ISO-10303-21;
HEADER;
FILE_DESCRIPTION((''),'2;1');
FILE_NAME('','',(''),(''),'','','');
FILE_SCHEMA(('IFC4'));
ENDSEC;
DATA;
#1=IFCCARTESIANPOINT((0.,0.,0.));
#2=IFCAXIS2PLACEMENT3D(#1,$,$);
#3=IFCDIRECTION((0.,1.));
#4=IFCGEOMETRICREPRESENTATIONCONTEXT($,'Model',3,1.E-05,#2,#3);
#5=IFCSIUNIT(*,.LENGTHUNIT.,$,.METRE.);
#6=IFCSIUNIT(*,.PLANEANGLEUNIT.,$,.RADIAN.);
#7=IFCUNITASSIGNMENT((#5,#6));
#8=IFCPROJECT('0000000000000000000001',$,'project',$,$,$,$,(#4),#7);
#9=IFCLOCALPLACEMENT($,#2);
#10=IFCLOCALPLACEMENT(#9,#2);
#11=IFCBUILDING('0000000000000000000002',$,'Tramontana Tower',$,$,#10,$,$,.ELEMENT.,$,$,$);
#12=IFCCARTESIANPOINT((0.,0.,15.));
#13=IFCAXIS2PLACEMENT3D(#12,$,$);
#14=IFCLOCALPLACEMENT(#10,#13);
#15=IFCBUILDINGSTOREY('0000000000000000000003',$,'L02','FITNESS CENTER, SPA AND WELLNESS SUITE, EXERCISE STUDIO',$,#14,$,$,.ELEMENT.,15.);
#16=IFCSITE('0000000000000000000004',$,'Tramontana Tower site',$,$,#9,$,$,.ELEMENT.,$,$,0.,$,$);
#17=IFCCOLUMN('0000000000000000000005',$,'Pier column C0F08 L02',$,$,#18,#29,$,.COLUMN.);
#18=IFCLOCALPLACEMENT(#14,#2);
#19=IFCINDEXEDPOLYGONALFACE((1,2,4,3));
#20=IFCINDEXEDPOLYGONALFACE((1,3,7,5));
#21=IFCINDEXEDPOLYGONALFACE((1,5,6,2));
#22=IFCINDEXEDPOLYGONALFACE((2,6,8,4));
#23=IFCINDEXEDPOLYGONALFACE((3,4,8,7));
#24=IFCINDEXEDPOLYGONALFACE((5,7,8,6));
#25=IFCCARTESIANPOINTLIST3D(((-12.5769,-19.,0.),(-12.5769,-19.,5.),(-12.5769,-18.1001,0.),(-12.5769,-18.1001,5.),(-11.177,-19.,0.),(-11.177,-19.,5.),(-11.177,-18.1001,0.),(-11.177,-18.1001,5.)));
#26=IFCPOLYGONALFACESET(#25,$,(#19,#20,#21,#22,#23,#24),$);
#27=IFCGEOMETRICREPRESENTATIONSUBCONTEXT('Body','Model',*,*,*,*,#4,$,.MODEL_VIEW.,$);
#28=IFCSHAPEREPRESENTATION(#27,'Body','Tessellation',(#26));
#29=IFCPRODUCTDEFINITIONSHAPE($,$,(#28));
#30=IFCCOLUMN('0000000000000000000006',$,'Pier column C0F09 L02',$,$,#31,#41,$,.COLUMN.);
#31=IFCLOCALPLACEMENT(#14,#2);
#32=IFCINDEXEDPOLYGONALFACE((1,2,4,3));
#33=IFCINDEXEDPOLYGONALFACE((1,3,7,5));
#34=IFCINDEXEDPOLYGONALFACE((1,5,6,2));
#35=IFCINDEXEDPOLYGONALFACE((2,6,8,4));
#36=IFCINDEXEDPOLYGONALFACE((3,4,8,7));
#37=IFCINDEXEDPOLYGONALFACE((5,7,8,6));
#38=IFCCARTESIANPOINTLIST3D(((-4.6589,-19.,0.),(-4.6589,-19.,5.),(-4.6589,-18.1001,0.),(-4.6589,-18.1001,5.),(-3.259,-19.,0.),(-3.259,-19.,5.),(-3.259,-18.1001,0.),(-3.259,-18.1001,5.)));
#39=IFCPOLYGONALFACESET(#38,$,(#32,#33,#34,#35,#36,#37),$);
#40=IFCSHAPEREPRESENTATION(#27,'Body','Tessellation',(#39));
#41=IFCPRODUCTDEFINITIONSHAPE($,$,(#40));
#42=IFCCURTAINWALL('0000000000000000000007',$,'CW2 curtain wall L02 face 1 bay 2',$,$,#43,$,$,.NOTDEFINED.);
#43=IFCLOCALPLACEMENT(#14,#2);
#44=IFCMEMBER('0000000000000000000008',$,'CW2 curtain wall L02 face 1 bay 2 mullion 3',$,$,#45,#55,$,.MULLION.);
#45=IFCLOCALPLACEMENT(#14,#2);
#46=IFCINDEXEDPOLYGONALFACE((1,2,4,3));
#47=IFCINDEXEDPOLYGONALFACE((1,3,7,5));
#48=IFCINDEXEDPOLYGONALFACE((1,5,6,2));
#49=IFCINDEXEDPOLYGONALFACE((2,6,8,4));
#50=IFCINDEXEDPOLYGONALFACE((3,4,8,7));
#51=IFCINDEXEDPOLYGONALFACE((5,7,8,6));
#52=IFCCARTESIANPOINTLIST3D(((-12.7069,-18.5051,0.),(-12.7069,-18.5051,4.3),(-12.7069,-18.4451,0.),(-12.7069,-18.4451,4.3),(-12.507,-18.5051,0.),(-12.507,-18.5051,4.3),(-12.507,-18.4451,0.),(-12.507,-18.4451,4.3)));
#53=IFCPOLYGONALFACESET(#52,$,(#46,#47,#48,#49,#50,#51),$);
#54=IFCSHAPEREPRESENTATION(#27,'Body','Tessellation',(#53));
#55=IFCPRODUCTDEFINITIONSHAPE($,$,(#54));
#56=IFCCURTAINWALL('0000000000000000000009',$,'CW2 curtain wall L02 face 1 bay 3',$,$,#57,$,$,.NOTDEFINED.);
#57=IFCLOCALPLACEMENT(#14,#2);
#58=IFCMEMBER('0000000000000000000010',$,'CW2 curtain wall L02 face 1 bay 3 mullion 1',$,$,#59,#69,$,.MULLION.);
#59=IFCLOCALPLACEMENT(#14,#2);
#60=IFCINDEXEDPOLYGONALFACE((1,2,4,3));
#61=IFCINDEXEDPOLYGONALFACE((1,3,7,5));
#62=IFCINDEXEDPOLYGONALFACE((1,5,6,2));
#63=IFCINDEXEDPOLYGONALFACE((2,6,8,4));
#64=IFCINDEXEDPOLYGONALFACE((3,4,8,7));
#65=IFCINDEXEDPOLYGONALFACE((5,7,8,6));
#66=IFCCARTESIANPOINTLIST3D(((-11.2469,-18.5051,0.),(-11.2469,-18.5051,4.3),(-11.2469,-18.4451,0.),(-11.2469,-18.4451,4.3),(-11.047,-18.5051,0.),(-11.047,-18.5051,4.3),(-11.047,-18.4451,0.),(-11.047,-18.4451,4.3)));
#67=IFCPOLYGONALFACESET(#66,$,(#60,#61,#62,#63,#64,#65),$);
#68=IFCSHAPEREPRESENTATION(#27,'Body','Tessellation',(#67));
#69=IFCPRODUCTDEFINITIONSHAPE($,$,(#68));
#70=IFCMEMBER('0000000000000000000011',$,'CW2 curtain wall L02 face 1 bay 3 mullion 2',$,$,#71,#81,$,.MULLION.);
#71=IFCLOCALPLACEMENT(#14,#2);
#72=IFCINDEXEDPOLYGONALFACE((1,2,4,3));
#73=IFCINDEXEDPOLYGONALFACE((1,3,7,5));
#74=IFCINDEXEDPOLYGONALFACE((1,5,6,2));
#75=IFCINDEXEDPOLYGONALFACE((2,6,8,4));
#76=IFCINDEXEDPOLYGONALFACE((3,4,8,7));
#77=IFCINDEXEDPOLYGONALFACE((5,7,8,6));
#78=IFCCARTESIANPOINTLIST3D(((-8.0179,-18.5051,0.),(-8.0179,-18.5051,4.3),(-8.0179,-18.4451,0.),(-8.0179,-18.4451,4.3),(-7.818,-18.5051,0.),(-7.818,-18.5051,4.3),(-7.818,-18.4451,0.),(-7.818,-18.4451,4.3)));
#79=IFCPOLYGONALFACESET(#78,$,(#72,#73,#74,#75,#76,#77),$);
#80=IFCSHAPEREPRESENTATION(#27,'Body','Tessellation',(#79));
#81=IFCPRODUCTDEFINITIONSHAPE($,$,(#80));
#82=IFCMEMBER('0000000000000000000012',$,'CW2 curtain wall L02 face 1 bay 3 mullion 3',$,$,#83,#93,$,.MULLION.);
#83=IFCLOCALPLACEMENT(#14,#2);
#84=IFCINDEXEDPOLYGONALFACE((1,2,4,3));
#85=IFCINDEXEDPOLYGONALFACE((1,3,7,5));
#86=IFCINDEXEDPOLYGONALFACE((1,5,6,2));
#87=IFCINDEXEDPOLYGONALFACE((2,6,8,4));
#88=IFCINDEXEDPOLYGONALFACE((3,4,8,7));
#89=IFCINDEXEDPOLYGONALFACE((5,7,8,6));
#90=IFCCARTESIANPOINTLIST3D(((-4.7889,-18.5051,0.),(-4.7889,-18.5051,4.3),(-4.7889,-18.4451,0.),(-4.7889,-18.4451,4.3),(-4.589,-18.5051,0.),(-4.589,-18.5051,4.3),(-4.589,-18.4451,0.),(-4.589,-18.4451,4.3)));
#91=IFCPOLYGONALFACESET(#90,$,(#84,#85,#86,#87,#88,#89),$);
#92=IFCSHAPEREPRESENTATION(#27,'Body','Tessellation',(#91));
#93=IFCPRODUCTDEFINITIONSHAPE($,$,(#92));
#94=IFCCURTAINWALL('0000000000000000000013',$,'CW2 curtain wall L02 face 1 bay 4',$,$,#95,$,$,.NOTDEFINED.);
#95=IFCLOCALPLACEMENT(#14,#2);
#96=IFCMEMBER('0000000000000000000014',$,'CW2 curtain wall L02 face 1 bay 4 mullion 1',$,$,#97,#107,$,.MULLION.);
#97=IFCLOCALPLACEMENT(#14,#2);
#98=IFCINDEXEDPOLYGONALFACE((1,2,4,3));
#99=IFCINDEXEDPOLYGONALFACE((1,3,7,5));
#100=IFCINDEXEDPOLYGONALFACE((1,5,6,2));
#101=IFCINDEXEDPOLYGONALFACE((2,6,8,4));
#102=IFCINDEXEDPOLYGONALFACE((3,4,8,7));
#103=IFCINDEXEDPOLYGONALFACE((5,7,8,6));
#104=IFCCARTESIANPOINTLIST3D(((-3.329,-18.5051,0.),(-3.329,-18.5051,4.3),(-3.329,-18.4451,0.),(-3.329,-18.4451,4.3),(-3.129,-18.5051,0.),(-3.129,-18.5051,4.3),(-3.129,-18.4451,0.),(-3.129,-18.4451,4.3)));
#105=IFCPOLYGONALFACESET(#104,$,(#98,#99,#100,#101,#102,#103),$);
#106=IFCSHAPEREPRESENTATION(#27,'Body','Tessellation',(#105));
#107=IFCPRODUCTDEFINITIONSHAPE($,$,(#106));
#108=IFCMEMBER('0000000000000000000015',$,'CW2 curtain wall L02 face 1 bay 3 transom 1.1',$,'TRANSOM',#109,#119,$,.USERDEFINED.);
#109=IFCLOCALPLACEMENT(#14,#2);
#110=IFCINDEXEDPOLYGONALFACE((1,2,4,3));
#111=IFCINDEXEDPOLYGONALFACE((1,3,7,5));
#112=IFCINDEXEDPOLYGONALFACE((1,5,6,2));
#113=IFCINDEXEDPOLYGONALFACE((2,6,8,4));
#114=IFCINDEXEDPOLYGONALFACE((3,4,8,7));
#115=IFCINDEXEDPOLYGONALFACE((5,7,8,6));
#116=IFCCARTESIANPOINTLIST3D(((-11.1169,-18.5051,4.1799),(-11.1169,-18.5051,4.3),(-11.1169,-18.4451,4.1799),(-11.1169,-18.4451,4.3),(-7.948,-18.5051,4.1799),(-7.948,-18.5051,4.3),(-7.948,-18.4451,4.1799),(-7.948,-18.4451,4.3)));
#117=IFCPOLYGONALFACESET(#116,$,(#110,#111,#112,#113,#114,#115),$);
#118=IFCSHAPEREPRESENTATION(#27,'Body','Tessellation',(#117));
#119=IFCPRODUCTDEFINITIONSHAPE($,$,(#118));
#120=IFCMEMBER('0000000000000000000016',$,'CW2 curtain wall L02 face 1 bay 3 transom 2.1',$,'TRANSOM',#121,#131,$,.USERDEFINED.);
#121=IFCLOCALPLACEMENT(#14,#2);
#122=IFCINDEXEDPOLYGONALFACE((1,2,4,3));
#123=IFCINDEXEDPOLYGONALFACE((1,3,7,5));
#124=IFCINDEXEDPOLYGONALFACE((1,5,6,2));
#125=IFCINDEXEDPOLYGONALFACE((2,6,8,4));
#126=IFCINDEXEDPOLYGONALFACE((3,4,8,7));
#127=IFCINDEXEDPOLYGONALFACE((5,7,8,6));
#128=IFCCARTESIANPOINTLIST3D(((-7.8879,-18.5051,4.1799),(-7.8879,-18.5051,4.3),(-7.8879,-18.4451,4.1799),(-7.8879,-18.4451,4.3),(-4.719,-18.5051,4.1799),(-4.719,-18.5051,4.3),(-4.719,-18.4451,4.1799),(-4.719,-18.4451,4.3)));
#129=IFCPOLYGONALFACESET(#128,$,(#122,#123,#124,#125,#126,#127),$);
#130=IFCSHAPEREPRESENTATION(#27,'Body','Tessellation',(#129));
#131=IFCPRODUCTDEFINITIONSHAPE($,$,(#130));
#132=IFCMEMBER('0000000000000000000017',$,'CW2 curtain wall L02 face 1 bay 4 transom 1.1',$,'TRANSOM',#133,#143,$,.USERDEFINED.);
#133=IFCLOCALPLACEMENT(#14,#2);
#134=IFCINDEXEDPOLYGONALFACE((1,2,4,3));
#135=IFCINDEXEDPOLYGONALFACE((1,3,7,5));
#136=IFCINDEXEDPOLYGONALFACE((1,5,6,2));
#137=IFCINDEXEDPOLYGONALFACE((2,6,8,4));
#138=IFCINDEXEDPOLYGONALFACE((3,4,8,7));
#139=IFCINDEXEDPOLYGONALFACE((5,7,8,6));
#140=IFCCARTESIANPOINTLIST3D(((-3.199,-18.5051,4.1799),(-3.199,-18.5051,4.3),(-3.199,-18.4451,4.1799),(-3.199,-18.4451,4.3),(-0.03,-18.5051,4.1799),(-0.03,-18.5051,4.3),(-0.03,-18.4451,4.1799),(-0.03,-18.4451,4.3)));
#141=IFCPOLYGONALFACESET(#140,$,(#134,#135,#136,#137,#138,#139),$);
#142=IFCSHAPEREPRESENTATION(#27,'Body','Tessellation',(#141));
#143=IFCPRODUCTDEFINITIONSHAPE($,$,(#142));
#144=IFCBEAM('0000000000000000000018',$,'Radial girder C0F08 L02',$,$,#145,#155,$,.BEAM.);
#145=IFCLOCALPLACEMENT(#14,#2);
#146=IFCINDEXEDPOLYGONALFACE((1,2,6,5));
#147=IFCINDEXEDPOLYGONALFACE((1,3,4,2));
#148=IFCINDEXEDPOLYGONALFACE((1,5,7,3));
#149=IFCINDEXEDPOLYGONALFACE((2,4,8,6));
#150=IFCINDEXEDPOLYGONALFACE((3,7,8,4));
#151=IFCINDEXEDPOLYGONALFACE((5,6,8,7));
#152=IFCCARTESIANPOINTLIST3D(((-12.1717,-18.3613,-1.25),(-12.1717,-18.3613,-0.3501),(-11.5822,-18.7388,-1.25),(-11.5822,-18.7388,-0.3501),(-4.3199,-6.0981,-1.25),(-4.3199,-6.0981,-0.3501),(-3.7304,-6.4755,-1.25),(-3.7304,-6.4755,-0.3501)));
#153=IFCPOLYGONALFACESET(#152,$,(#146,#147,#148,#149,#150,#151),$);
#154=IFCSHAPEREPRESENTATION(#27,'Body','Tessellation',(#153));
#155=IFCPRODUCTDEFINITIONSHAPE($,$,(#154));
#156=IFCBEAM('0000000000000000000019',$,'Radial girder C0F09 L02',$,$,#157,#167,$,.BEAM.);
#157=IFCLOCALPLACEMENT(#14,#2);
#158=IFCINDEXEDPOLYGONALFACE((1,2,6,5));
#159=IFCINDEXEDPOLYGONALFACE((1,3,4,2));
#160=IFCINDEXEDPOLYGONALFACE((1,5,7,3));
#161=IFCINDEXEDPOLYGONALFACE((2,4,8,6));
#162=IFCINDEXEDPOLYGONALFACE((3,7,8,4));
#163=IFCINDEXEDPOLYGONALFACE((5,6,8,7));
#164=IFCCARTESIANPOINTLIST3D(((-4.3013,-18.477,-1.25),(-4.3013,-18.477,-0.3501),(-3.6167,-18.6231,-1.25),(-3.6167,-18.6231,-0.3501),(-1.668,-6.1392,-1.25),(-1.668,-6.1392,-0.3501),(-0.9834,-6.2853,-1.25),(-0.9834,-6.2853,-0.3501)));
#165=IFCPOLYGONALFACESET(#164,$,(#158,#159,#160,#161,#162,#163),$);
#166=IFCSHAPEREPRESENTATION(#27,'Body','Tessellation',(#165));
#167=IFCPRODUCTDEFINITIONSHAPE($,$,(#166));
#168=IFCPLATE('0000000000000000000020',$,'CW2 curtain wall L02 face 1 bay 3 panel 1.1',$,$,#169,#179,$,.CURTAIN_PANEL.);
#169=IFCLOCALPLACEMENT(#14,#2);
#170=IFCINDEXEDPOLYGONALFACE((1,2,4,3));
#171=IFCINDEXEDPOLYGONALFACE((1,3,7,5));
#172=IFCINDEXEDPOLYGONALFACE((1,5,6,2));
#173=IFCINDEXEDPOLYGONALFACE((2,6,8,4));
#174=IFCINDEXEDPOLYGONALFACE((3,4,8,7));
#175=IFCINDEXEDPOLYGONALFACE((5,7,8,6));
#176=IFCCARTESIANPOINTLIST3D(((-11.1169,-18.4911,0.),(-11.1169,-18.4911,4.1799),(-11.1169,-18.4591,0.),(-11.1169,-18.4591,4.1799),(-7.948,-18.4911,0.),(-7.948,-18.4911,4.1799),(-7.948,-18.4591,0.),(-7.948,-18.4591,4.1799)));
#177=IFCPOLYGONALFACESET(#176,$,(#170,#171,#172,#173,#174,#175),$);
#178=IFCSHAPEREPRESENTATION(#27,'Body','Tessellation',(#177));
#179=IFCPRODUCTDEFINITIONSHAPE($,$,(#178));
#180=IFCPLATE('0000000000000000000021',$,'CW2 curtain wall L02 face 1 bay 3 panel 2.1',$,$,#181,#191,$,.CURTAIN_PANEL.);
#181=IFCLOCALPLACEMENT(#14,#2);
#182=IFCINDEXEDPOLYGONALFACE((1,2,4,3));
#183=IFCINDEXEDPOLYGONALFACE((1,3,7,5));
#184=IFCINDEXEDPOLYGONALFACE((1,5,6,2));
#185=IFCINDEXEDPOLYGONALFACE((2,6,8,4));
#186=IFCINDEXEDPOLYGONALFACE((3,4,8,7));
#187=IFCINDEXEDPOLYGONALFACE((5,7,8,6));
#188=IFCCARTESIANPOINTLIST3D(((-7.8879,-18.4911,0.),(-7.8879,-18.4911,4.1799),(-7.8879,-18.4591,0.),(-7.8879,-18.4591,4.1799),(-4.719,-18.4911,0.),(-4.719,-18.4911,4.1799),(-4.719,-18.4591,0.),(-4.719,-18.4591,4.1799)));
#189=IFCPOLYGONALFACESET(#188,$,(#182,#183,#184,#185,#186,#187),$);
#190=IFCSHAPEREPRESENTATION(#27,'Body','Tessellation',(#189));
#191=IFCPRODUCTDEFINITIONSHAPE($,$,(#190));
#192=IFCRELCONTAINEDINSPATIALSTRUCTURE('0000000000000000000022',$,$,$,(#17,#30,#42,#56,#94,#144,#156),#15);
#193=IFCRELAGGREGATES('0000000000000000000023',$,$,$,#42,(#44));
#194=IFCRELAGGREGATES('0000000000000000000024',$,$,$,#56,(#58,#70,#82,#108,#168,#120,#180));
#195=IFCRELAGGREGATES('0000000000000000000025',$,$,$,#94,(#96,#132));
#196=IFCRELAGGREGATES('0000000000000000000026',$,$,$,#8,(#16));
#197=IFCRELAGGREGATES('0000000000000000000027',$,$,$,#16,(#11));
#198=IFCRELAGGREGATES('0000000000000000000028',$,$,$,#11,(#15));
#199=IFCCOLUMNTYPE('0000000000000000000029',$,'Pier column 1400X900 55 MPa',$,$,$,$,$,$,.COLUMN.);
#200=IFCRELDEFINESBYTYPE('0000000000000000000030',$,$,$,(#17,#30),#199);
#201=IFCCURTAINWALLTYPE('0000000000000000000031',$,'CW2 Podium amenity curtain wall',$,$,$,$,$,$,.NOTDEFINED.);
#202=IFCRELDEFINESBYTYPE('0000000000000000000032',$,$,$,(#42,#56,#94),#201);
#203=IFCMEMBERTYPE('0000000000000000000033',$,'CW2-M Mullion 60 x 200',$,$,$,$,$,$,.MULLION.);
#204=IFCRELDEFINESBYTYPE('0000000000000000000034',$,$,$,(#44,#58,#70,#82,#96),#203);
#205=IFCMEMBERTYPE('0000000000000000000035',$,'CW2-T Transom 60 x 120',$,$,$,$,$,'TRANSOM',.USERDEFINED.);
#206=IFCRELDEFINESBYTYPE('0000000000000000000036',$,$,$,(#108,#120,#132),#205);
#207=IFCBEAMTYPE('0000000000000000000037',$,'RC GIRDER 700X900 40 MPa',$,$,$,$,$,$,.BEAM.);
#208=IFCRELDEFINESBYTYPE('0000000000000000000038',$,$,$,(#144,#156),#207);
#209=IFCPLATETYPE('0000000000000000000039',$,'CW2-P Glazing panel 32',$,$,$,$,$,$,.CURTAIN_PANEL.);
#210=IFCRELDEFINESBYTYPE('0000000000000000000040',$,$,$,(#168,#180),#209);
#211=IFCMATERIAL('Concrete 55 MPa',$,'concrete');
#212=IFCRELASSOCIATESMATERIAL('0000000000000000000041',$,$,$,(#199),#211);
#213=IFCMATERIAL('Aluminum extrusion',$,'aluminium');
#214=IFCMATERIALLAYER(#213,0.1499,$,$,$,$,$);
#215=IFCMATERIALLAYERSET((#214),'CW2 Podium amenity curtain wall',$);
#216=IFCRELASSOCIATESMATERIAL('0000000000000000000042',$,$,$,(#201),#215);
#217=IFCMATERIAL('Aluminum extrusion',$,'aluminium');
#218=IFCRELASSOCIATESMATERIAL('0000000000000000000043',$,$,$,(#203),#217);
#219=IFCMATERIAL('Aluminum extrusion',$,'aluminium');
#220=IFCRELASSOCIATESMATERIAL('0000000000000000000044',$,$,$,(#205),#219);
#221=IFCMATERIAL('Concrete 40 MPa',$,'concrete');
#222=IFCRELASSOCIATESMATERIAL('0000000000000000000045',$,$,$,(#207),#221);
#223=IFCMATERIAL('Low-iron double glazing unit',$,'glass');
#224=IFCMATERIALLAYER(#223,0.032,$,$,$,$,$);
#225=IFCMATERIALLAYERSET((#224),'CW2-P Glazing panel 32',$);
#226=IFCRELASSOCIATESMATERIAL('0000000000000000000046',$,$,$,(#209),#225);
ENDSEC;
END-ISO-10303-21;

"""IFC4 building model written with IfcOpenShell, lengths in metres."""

from ifc_helpers import new_model, si_unit, direction, frame, origin, origin_2d, place, context, subcontext, project, spatial, rectangle, extrude, material, layer, layer_set, material_profile, profile_set, type_object, element, aggregate, save


model = new_model("IFC4")

# Units and contexts
model_context = context("Model", 3, precision=1e-05, world=origin(), true_north=direction((0.0, 1.0)))
body_context = subcontext(model_context, "Body", "Model", "MODEL_VIEW")
ifc_project = project(units=[si_unit("LENGTHUNIT", "METRE"), si_unit("PLANEANGLEUNIT", "RADIAN")], contexts=[model_context])

# Site, building, storey
site_placement = place(None, origin())
site = spatial("IfcSite", under=ifc_project, at=site_placement, Name="Tramontana Tower site", CompositionType="ELEMENT", RefElevation=0.0)
building_placement = place(site_placement, origin())
building = spatial("IfcBuilding", under=site, at=building_placement, Name="Tramontana Tower", CompositionType="ELEMENT")
storey_placement = place(building_placement, frame((0.0, 0.0, 15.0)))
storey = spatial("IfcBuildingStorey", under=building, at=storey_placement, Name="L02", Description="FITNESS CENTER, SPA AND WELLNESS SUITE, EXERCISE STUDIO", CompositionType="ELEMENT", Elevation=15.0)

# Columns
ifc_material_1 = material(Name="Concrete 55 MPa", Category="concrete")
ifc_material_profile_1 = material_profile(ifc_material_1, rectangle(XDim=1.3999, YDim=0.8999, at=origin_2d()), Name="Pier column 1400X900 55 MPa")
ifc_profile_set_1 = profile_set([ifc_material_profile_1], Name="Concrete 55 MPa")
column_type = type_object("IfcColumnType", Name="Pier column 1400X900 55 MPa", PredefinedType="COLUMN", material=ifc_profile_set_1)
for number, where, z_axis, x_axis, name in (
    (1, (-11.877, -18.55, 0.0), (0.0, 0.0, 1.0), (1.0, 0.0, 0.0), "Pier column C0F08 L02"),
    (2, (-3.959, -18.55, 0.0), (0.0, 0.0, 1.0), (1.0, 0.0, 0.0), "Pier column C0F09 L02"),
):
    element("IfcColumn", number, at=place(storey_placement, frame(where, z_axis=z_axis, x_axis=x_axis)), inside=storey, type_object=column_type, Name=name, PredefinedType="COLUMN", context=body_context, shape_type="SweptSolid", body=[
        extrude(rectangle(XDim=1.3999, YDim=0.8999, at=origin_2d()), origin(), (0.0, 0.0, 1.0), 5.0),
    ])

# Curtain wall, member
ifc_material_2 = material(Name="Aluminum extrusion", Category="aluminium")
ifc_layer_1 = layer(ifc_material_2, 0.1499)
ifc_layer_set_1 = layer_set([ifc_layer_1], Name="CW2 Podium amenity curtain wall")
curtain_wall_type = type_object("IfcCurtainWallType", Name="CW2 Podium amenity curtain wall", PredefinedType="NOTDEFINED", material=ifc_layer_set_1)
curtain_wall_1_placement = place(storey_placement, origin())
curtain_wall_1 = element("IfcCurtainWall", 3, at=curtain_wall_1_placement, inside=storey, type_object=curtain_wall_type, Name="CW2 curtain wall L02 face 1 bay 2", PredefinedType="NOTDEFINED")
ifc_material_3 = material(Name="Aluminum extrusion", Category="aluminium")
ifc_material_profile_2 = material_profile(ifc_material_3, rectangle(XDim=0.0601, YDim=0.2, at=origin_2d()), Name="CW2-M Mullion 60 x 200")
ifc_profile_set_2 = profile_set([ifc_material_profile_2], Name="Aluminum extrusion")
member_type_1 = type_object("IfcMemberType", Name="CW2-M Mullion 60 x 200", PredefinedType="MULLION", material=ifc_profile_set_2)
member_1_placement = place(storey_placement, frame((-12.6069, -18.4751, 0.0), z_axis=(0.0, 0.0, 1.0), x_axis=(0.0, 1.0, 0.0)))
member_1 = element("IfcMember", 4, at=member_1_placement, type_object=member_type_1, Name="CW2 curtain wall L02 face 1 bay 2 mullion 3", PredefinedType="MULLION", context=body_context, shape_type="SweptSolid", body=[
    extrude(rectangle(XDim=0.0601, YDim=0.2, at=origin_2d()), origin(), (0.0, 0.0, 1.0), 4.3),
])
aggregate(curtain_wall_1, [member_1])

# Curtain wall, members
curtain_wall_2_placement = place(storey_placement, origin())
curtain_wall_2 = element("IfcCurtainWall", 5, at=curtain_wall_2_placement, inside=storey, type_object=curtain_wall_type, Name="CW2 curtain wall L02 face 1 bay 3", PredefinedType="NOTDEFINED")
member_2_placement = place(storey_placement, frame((-11.147, -18.4751, 0.0), z_axis=(0.0, 0.0, 1.0), x_axis=(0.0, 1.0, 0.0)))
member_2 = element("IfcMember", 6, at=member_2_placement, type_object=member_type_1, Name="CW2 curtain wall L02 face 1 bay 3 mullion 1", PredefinedType="MULLION", context=body_context, shape_type="SweptSolid", body=[
    extrude(rectangle(XDim=0.0601, YDim=0.2, at=origin_2d()), origin(), (0.0, 0.0, 1.0), 4.3),
])
member_3_placement = place(storey_placement, frame((-7.918, -18.4751, 0.0), z_axis=(0.0, 0.0, 1.0), x_axis=(0.0, 1.0, 0.0)))
member_3 = element("IfcMember", 7, at=member_3_placement, type_object=member_type_1, Name="CW2 curtain wall L02 face 1 bay 3 mullion 2", PredefinedType="MULLION", context=body_context, shape_type="SweptSolid", body=[
    extrude(rectangle(XDim=0.0601, YDim=0.2, at=origin_2d()), origin(), (0.0, 0.0, 1.0), 4.3),
])
member_4_placement = place(storey_placement, frame((-4.689, -18.4751, 0.0), z_axis=(0.0, 0.0, 1.0), x_axis=(0.0, 1.0, 0.0)))
member_4 = element("IfcMember", 8, at=member_4_placement, type_object=member_type_1, Name="CW2 curtain wall L02 face 1 bay 3 mullion 3", PredefinedType="MULLION", context=body_context, shape_type="SweptSolid", body=[
    extrude(rectangle(XDim=0.0601, YDim=0.2, at=origin_2d()), origin(), (0.0, 0.0, 1.0), 4.3),
])

# Curtain wall, member
curtain_wall_3_placement = place(storey_placement, origin())
curtain_wall_3 = element("IfcCurtainWall", 9, at=curtain_wall_3_placement, inside=storey, type_object=curtain_wall_type, Name="CW2 curtain wall L02 face 1 bay 4", PredefinedType="NOTDEFINED")
member_5_placement = place(storey_placement, frame((-3.229, -18.4751, 0.0), z_axis=(0.0, 0.0, 1.0), x_axis=(0.0, 1.0, 0.0)))
member_5 = element("IfcMember", 10, at=member_5_placement, type_object=member_type_1, Name="CW2 curtain wall L02 face 1 bay 4 mullion 1", PredefinedType="MULLION", context=body_context, shape_type="SweptSolid", body=[
    extrude(rectangle(XDim=0.0601, YDim=0.2, at=origin_2d()), origin(), (0.0, 0.0, 1.0), 4.3),
])

# Members
ifc_material_4 = material(Name="Aluminum extrusion", Category="aluminium")
ifc_material_profile_3 = material_profile(ifc_material_4, rectangle(XDim=0.0601, YDim=0.1201, at=origin_2d()), Name="CW2-T Transom 60 x 120")
ifc_profile_set_3 = profile_set([ifc_material_profile_3], Name="Aluminum extrusion")
member_type_2 = type_object("IfcMemberType", Name="CW2-T Transom 60 x 120", ElementType="TRANSOM", PredefinedType="USERDEFINED", material=ifc_profile_set_3)
member_6_placement = place(storey_placement, frame((-11.1169, -18.4751, 4.24), z_axis=(1.0, 0.0, 0.0), x_axis=(0.0, 1.0, 0.0)))
member_6 = element("IfcMember", 11, at=member_6_placement, type_object=member_type_2, Name="CW2 curtain wall L02 face 1 bay 3 transom 1.1", ObjectType="TRANSOM", PredefinedType="USERDEFINED", context=body_context, shape_type="SweptSolid", body=[
    extrude(rectangle(XDim=0.0601, YDim=0.1201, at=origin_2d()), origin(), (0.0, 0.0, 1.0), 3.1689),
])
member_7_placement = place(storey_placement, frame((-7.8879, -18.4751, 4.24), z_axis=(1.0, 0.0, 0.0), x_axis=(0.0, 1.0, 0.0)))
member_7 = element("IfcMember", 12, at=member_7_placement, type_object=member_type_2, Name="CW2 curtain wall L02 face 1 bay 3 transom 2.1", ObjectType="TRANSOM", PredefinedType="USERDEFINED", context=body_context, shape_type="SweptSolid", body=[
    extrude(rectangle(XDim=0.0601, YDim=0.1201, at=origin_2d()), origin(), (0.0, 0.0, 1.0), 3.1689),
])
member_8_placement = place(storey_placement, frame((-3.199, -18.4751, 4.24), z_axis=(1.0, 0.0, 0.0), x_axis=(0.0, 1.0, 0.0)))
member_8 = element("IfcMember", 13, at=member_8_placement, type_object=member_type_2, Name="CW2 curtain wall L02 face 1 bay 4 transom 1.1", ObjectType="TRANSOM", PredefinedType="USERDEFINED", context=body_context, shape_type="SweptSolid", body=[
    extrude(rectangle(XDim=0.0601, YDim=0.1201, at=origin_2d()), origin(), (0.0, 0.0, 1.0), 3.1689),
])

# Beams
ifc_material_5 = material(Name="Concrete 40 MPa", Category="concrete")
ifc_material_profile_4 = material_profile(ifc_material_5, rectangle(XDim=0.7, YDim=0.8999, at=origin_2d()), Name="RC GIRDER 700X900 40 MPa")
ifc_profile_set_4 = profile_set([ifc_material_profile_4], Name="Concrete 40 MPa")
beam_type = type_object("IfcBeamType", Name="RC GIRDER 700X900 40 MPa", PredefinedType="BEAM", material=ifc_profile_set_4)
beam_1_placement = place(storey_placement, frame((-11.877, -18.55, -0.8), z_axis=(0.539218, 0.842166, 0.0), x_axis=(-0.842166, 0.539218, 0.0)))
element("IfcBeam", 14, at=beam_1_placement, inside=storey, type_object=beam_type, Name="Radial girder C0F08 L02", PredefinedType="BEAM", context=body_context, shape_type="SweptSolid", body=[
    extrude(rectangle(XDim=0.7, YDim=0.8999, at=origin_2d()), origin(), (0.0, 0.0, 1.0), 14.5615),
])
beam_2_placement = place(storey_placement, frame((-3.959, -18.55, -0.8), z_axis=(0.208731, 0.977973, 0.0), x_axis=(-0.977973, 0.208731, 0.0)))
element("IfcBeam", 15, at=beam_2_placement, inside=storey, type_object=beam_type, Name="Radial girder C0F09 L02", PredefinedType="BEAM", context=body_context, shape_type="SweptSolid", body=[
    extrude(rectangle(XDim=0.7, YDim=0.8999, at=origin_2d()), origin(), (0.0, 0.0, 1.0), 12.6157),
])

# Plates
ifc_material_6 = material(Name="Low-iron double glazing unit", Category="glass")
ifc_layer_2 = layer(ifc_material_6, 0.032)
ifc_layer_set_2 = layer_set([ifc_layer_2], Name="CW2-P Glazing panel 32")
plate_type = type_object("IfcPlateType", Name="CW2-P Glazing panel 32", PredefinedType="CURTAIN_PANEL", material=ifc_layer_set_2)
plate_1_placement = place(storey_placement, frame((-9.5325, -18.4751, 0.0), z_axis=(0.0, 0.0, 1.0), x_axis=(1.0, 0.0, 0.0)))
plate_1 = element("IfcPlate", 16, at=plate_1_placement, type_object=plate_type, Name="CW2 curtain wall L02 face 1 bay 3 panel 1.1", PredefinedType="CURTAIN_PANEL", context=body_context, shape_type="SweptSolid", body=[
    extrude(rectangle(XDim=3.1689, YDim=0.032, at=origin_2d()), origin(), (0.0, 0.0, 1.0), 4.1799),
])
plate_2_placement = place(storey_placement, frame((-6.3035, -18.4751, 0.0), z_axis=(0.0, 0.0, 1.0), x_axis=(1.0, 0.0, 0.0)))
plate_2 = element("IfcPlate", 17, at=plate_2_placement, type_object=plate_type, Name="CW2 curtain wall L02 face 1 bay 3 panel 2.1", PredefinedType="CURTAIN_PANEL", context=body_context, shape_type="SweptSolid", body=[
    extrude(rectangle(XDim=3.1689, YDim=0.032, at=origin_2d()), origin(), (0.0, 0.0, 1.0), 4.1799),
])
aggregate(curtain_wall_2, [member_2, member_3, member_4, member_6, plate_1, member_7, plate_2])
aggregate(curtain_wall_3, [member_5, member_8])

save(model, "model.ifc")
